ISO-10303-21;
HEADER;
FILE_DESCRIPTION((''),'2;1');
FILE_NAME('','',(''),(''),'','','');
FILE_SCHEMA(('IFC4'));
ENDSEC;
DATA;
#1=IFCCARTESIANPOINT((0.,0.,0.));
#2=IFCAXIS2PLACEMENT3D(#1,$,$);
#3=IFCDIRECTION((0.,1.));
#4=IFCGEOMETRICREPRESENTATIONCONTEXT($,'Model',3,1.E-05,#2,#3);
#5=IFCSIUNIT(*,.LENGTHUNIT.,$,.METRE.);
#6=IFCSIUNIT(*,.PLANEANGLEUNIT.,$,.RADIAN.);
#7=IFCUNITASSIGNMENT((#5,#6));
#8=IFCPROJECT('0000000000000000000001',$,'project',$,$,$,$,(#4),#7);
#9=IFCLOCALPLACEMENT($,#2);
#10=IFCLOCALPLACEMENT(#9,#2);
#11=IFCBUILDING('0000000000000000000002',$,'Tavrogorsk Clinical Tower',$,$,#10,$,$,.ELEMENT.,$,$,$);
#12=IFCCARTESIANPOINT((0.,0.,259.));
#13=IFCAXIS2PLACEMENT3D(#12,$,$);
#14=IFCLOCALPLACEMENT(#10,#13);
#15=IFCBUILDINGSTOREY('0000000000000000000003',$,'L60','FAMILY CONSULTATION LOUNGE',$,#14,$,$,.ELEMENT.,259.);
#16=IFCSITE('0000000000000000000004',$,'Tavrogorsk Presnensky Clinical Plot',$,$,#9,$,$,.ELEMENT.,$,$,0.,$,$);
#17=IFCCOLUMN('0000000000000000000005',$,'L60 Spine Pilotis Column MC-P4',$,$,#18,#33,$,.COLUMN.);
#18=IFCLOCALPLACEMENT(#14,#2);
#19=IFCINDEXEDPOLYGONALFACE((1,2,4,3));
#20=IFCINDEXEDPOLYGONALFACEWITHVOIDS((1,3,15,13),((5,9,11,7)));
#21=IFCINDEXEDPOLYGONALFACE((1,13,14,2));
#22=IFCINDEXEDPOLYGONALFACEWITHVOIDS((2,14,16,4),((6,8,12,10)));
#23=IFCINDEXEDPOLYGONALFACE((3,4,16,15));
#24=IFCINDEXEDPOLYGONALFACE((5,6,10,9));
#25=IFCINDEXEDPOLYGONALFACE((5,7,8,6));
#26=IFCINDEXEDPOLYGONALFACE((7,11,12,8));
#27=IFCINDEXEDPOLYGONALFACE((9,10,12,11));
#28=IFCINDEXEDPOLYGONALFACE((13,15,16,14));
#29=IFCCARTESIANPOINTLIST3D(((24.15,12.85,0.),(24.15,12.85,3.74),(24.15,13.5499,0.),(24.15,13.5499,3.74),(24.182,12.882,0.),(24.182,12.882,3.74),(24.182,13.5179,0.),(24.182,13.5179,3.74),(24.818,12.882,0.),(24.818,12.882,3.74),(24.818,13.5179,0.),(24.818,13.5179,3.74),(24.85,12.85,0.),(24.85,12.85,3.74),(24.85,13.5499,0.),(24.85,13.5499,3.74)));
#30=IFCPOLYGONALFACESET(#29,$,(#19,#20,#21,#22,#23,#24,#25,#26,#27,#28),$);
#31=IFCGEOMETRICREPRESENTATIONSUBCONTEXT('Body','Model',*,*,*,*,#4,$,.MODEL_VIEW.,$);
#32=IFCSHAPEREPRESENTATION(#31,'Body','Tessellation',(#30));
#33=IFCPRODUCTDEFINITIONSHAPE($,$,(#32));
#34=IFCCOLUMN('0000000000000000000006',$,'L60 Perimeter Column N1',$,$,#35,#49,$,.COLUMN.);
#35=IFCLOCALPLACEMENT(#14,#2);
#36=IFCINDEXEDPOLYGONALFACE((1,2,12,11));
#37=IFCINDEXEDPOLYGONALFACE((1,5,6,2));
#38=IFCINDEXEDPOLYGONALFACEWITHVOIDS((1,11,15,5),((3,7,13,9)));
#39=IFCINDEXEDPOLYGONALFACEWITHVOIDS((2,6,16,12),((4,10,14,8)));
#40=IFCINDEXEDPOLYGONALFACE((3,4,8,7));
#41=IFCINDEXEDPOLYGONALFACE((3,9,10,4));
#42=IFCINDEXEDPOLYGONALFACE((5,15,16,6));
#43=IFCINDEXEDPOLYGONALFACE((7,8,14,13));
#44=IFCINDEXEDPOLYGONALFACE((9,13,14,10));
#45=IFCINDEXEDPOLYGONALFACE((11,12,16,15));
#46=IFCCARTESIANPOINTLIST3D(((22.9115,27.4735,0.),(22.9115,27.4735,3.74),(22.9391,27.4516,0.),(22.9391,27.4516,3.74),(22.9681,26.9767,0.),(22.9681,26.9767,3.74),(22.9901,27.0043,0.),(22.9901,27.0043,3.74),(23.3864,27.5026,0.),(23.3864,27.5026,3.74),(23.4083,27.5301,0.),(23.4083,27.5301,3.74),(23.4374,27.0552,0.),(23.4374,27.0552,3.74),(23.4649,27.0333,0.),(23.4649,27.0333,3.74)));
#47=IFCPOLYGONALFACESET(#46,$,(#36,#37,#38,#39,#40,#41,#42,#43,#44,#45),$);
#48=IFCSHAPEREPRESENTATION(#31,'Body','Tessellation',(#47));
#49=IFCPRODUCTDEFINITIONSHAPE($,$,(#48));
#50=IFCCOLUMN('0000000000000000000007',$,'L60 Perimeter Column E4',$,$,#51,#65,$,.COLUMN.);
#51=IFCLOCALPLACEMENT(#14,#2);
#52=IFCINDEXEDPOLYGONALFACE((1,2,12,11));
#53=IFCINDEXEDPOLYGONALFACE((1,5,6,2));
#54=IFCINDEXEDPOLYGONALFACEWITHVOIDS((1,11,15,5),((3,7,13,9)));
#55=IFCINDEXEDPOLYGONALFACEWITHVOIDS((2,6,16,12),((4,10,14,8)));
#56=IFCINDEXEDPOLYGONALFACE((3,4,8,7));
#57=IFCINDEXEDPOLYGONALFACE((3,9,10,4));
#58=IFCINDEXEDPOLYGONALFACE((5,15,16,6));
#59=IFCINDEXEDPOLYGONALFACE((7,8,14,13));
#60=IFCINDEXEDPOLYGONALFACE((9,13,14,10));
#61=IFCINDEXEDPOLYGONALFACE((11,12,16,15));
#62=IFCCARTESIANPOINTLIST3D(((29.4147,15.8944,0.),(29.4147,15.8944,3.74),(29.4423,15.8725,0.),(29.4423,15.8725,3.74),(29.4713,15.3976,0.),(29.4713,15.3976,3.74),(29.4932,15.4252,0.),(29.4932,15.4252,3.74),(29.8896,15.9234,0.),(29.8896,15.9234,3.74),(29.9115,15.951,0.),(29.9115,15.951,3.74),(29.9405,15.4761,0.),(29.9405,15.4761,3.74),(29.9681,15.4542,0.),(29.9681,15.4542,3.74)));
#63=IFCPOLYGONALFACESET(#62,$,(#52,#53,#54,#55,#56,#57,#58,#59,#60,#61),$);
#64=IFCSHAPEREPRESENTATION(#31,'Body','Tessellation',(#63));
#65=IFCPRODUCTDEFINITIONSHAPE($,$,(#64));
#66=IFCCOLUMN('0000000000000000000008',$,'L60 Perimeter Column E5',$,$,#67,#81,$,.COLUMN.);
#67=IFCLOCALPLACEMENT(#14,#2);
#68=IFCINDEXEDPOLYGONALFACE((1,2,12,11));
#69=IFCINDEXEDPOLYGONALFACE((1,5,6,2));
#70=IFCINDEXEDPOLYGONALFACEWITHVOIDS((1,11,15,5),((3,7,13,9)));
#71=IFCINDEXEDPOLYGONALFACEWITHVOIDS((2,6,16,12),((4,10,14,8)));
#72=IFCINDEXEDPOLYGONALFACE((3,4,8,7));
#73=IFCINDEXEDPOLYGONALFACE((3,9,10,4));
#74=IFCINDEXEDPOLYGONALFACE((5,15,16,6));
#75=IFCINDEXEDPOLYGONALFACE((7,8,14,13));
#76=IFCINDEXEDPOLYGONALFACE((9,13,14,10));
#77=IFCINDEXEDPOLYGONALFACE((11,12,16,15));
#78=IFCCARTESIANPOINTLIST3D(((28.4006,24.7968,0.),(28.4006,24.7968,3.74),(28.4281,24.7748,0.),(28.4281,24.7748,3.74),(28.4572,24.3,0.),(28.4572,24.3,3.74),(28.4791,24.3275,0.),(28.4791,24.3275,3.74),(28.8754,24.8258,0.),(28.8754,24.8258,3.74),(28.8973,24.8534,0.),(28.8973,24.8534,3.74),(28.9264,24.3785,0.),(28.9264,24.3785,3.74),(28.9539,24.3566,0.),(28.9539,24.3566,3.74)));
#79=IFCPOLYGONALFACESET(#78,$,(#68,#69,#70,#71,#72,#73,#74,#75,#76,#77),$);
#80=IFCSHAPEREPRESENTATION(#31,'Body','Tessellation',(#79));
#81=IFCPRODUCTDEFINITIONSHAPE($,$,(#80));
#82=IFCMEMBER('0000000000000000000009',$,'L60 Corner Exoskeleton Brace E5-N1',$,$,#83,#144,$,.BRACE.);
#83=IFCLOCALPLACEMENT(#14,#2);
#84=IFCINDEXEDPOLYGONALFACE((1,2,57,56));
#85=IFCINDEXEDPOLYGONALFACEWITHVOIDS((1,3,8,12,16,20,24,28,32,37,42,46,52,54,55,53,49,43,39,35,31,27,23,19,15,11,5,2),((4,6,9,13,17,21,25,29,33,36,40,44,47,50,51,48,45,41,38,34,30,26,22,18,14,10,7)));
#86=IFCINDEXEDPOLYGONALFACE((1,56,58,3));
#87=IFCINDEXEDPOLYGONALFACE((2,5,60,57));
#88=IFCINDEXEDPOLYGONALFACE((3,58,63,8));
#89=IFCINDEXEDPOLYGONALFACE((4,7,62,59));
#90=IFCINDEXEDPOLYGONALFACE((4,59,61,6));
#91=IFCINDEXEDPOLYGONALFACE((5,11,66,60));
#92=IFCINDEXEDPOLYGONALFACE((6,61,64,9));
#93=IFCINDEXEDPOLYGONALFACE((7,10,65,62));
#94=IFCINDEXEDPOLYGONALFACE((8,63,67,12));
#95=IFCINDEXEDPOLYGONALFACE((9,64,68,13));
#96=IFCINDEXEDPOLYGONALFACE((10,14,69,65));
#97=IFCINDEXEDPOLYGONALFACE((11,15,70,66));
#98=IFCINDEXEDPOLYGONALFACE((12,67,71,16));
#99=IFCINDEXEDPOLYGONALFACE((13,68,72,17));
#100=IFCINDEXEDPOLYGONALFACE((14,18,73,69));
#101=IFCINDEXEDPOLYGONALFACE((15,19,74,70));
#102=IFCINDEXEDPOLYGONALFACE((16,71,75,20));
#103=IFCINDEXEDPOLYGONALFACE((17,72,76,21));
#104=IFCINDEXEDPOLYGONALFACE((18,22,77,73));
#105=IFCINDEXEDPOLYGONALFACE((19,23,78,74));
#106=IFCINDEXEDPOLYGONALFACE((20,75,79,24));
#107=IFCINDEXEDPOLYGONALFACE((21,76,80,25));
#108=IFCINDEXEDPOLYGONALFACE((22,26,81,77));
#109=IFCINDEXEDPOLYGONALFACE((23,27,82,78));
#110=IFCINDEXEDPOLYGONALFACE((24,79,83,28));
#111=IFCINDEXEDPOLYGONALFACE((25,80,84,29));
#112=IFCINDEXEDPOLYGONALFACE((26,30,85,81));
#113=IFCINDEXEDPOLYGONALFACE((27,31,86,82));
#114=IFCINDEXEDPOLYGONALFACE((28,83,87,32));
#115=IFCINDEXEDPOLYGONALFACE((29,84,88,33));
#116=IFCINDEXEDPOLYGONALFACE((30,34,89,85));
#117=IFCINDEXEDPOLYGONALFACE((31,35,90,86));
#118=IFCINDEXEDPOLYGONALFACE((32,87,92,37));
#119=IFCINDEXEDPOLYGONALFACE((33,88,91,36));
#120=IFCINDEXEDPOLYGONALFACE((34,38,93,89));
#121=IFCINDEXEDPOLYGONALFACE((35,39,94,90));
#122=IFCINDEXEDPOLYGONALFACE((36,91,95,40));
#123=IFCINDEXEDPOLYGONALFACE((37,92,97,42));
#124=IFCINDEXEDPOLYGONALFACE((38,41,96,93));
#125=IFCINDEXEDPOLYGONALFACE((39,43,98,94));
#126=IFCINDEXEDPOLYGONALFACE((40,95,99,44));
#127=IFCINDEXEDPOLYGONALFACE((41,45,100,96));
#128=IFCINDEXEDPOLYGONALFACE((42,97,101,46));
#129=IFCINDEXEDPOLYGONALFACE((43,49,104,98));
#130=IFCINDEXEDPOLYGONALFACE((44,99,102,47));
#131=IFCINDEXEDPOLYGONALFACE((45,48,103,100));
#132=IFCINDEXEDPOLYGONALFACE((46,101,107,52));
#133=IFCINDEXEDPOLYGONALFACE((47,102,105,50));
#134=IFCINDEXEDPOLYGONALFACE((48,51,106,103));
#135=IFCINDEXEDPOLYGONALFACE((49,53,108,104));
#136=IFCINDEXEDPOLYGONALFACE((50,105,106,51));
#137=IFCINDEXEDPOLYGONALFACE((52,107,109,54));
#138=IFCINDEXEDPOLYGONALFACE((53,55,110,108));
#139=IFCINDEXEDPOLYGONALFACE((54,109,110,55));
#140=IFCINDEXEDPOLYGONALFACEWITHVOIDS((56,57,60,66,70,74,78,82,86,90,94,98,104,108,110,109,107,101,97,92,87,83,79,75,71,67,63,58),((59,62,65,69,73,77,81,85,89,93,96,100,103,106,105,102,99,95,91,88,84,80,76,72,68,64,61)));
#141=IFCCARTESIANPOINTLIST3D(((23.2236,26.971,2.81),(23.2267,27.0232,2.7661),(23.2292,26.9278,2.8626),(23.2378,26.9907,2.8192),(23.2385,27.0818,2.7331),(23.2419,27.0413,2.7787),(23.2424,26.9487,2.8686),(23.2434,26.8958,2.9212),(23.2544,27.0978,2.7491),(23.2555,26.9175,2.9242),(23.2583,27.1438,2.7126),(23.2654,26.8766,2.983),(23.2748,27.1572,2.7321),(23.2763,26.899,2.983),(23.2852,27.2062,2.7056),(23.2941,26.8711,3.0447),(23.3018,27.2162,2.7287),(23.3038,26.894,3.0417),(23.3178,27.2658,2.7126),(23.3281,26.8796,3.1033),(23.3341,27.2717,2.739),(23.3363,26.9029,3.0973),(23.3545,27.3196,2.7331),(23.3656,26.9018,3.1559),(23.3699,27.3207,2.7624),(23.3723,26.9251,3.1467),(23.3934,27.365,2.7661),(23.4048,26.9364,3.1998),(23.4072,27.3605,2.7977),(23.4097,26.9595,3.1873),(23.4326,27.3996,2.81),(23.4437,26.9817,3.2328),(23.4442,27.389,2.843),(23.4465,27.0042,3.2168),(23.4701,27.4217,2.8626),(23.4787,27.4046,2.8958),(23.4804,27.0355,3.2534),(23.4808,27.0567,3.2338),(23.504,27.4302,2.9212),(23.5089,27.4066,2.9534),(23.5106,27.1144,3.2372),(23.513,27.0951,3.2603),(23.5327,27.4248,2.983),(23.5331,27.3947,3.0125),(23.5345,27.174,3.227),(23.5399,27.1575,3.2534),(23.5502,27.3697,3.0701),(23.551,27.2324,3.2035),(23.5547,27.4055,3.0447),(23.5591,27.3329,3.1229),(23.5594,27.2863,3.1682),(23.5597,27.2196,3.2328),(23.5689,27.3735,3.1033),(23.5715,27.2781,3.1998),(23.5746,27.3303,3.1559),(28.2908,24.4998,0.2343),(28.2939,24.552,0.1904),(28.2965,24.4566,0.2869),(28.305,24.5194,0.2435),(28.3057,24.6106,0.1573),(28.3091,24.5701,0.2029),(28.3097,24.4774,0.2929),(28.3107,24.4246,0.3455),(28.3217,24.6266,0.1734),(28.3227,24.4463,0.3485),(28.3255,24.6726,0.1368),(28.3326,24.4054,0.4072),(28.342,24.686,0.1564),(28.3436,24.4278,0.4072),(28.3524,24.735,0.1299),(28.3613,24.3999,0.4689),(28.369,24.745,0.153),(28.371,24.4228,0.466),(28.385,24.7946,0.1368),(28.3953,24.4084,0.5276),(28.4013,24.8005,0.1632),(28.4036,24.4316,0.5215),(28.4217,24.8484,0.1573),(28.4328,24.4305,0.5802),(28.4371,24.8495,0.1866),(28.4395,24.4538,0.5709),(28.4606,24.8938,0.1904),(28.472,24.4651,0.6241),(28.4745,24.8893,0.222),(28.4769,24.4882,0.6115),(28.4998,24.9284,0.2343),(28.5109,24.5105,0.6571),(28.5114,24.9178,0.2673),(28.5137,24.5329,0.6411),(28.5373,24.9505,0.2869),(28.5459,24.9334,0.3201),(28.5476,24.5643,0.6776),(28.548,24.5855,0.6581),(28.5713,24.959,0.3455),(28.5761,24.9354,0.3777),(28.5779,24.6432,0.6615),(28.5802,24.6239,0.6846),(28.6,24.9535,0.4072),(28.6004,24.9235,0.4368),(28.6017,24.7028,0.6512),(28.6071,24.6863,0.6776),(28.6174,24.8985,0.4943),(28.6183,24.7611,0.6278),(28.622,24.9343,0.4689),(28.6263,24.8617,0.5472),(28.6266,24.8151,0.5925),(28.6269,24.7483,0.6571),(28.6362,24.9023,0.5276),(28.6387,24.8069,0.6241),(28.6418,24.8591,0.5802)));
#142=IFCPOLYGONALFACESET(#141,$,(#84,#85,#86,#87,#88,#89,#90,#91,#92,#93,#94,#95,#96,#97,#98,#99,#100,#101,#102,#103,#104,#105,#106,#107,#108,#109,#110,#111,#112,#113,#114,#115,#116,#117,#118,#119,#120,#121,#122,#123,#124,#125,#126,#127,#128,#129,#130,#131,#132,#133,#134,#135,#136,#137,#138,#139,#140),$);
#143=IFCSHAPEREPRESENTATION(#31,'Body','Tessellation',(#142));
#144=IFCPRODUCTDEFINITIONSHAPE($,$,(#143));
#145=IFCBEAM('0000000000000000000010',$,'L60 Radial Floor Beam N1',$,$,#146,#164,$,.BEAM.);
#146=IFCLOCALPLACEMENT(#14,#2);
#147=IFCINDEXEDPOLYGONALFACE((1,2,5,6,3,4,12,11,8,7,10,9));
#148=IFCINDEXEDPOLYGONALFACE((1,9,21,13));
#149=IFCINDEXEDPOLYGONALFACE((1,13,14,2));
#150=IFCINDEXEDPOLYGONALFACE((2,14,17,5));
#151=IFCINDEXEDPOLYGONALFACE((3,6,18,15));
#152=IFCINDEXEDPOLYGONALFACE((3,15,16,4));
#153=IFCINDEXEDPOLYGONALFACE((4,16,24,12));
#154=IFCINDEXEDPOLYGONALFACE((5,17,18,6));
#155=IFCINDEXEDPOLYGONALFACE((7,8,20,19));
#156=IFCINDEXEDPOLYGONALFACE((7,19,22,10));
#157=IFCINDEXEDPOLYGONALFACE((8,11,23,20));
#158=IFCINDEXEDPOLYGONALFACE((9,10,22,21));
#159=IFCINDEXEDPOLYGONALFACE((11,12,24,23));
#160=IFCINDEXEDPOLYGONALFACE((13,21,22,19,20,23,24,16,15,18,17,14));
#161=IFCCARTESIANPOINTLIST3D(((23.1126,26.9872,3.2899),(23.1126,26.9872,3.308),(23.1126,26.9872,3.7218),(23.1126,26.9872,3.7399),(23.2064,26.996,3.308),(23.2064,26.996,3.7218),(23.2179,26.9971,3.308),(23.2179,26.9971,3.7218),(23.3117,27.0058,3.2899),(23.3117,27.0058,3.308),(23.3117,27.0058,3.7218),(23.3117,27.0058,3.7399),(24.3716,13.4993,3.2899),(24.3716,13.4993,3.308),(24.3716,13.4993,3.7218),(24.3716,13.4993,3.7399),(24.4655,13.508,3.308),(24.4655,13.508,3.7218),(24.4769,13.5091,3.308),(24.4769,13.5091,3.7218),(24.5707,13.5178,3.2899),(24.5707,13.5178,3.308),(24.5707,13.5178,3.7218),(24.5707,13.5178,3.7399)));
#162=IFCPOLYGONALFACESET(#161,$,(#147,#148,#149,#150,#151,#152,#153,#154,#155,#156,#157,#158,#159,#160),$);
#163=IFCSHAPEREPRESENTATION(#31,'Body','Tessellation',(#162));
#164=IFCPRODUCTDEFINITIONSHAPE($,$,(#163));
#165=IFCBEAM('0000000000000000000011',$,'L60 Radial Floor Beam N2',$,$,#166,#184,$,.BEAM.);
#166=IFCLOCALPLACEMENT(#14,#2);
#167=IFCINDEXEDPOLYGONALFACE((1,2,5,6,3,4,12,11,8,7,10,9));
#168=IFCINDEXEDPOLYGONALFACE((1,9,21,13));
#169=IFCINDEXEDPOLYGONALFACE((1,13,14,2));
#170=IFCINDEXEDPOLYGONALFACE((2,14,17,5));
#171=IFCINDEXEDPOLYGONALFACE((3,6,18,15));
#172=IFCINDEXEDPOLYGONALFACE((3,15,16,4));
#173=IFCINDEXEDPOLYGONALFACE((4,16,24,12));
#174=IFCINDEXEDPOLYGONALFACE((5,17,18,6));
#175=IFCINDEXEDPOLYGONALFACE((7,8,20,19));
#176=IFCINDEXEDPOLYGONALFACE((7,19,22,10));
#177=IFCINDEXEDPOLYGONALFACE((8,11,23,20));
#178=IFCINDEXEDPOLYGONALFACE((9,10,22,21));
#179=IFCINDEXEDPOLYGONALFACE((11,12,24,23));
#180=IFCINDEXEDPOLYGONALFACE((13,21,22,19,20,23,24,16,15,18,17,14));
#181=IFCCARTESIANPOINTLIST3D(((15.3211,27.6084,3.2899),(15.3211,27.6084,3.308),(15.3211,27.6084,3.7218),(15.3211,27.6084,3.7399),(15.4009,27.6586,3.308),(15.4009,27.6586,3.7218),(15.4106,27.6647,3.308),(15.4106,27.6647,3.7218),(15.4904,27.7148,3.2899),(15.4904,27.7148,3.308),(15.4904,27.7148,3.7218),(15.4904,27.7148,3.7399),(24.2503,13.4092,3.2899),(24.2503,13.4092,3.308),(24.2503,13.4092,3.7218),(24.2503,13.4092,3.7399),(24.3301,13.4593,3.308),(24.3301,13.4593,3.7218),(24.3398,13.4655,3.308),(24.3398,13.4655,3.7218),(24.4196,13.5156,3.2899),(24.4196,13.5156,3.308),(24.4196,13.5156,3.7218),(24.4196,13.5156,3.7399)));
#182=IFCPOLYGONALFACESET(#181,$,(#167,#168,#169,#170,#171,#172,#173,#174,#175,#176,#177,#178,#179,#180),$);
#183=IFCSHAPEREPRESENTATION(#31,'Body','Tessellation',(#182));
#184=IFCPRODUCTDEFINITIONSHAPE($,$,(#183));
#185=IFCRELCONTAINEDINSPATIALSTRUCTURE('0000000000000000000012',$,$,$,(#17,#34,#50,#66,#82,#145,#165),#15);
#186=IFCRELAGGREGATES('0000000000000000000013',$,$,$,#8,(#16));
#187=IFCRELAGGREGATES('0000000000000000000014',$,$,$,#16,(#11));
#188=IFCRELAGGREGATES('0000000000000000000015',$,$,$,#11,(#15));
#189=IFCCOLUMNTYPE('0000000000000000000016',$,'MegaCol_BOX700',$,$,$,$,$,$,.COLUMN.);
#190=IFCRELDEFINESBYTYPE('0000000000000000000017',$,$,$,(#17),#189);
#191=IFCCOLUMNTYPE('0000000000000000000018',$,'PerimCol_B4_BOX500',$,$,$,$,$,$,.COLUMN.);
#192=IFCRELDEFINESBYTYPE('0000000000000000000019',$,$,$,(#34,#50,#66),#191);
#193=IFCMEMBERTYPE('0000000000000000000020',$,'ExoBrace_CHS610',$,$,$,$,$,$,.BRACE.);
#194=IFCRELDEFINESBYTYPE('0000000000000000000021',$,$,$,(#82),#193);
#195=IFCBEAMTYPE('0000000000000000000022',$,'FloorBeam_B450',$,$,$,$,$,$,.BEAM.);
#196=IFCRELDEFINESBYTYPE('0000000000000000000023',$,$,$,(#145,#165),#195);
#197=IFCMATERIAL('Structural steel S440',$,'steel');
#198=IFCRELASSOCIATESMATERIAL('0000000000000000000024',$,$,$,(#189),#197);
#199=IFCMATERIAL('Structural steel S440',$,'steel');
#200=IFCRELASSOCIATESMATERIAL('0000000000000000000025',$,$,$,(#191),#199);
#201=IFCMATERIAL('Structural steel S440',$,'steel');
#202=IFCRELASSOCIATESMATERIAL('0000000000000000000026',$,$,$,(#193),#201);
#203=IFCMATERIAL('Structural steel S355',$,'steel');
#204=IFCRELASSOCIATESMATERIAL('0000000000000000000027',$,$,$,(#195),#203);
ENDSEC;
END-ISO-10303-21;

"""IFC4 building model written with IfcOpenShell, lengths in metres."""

from ifc_helpers import new_model, si_unit, direction, frame, origin, origin_2d, place, context, subcontext, project, spatial, hollow_rectangle, hollow_circle, i_section, extrude, material, material_profile, profile_set, type_object, element, save


model = new_model("IFC4")

# Units and contexts
model_context = context("Model", 3, precision=1e-05, world=origin(), true_north=direction((0.0, 1.0)))
body_context = subcontext(model_context, "Body", "Model", "MODEL_VIEW")
ifc_project = project(units=[si_unit("LENGTHUNIT", "METRE"), si_unit("PLANEANGLEUNIT", "RADIAN")], contexts=[model_context])

# Site, building, storey
site_placement = place(None, origin())
site = spatial("IfcSite", under=ifc_project, at=site_placement, Name="Tavrogorsk Presnensky Clinical Plot", CompositionType="ELEMENT", RefElevation=0.0)
building_placement = place(site_placement, origin())
building = spatial("IfcBuilding", under=site, at=building_placement, Name="Tavrogorsk Clinical Tower", CompositionType="ELEMENT")
storey_placement = place(building_placement, frame((0.0, 0.0, 259.0)))
storey = spatial("IfcBuildingStorey", under=building, at=storey_placement, Name="L60", Description="FAMILY CONSULTATION LOUNGE", CompositionType="ELEMENT", Elevation=259.0)

# Columns
ifc_material_1 = material(Name="Structural steel S440", Category="steel")
ifc_material_profile_1 = material_profile(ifc_material_1, hollow_rectangle(XDim=0.7, YDim=0.7, WallThickness=0.032, at=origin_2d()), Name="BOX-700x700x32")
ifc_profile_set_1 = profile_set([ifc_material_profile_1], Name="Structural steel S440")
column_type_1 = type_object("IfcColumnType", Name="MegaCol_BOX700", PredefinedType="COLUMN", material=ifc_profile_set_1)
column_placement = place(storey_placement, frame((24.5, 13.2, 0.0), z_axis=(0.0, 0.0, 1.0), x_axis=(1.0, 0.0, 0.0)))
element("IfcColumn", 1, at=column_placement, inside=storey, type_object=column_type_1, Name="L60 Spine Pilotis Column MC-P4", PredefinedType="COLUMN", context=body_context, shape_type="SweptSolid", body=[
    extrude(hollow_rectangle(XDim=0.7, YDim=0.7, WallThickness=0.032, at=origin_2d()), origin(), (0.0, 0.0, 1.0), 3.74),
])
ifc_material_2 = material(Name="Structural steel S440", Category="steel")
ifc_material_profile_2 = material_profile(ifc_material_2, hollow_rectangle(XDim=0.5, YDim=0.5, WallThickness=0.0249, at=origin_2d()), Name="BOX-500x500x25")
ifc_profile_set_2 = profile_set([ifc_material_profile_2], Name="Structural steel S440")
column_type_2 = type_object("IfcColumnType", Name="PerimCol_B4_BOX500", PredefinedType="COLUMN", material=ifc_profile_set_2)
for number, where, z_axis, x_axis, name in (
    (2, (23.1882, 27.2534, 0.0), (0.0, 0.0, 1.0), (0.993572, 0.113203, 0.0), "L60 Perimeter Column N1"),
    (3, (29.6914, 15.6743, 0.0), (0.0, 0.0, 1.0), (0.993572, 0.113203, 0.0), "L60 Perimeter Column E4"),
    (4, (28.6772, 24.5767, 0.0), (0.0, 0.0, 1.0), (0.993572, 0.113203, 0.0), "L60 Perimeter Column E5"),
):
    element("IfcColumn", number, at=place(storey_placement, frame(where, z_axis=z_axis, x_axis=x_axis)), inside=storey, type_object=column_type_2, Name=name, PredefinedType="COLUMN", context=body_context, shape_type="SweptSolid", body=[
        extrude(hollow_rectangle(XDim=0.5, YDim=0.5, WallThickness=0.0249, at=origin_2d()), origin(), (0.0, 0.0, 1.0), 3.74),
    ])

# Member
ifc_material_3 = material(Name="Structural steel S440", Category="steel")
ifc_material_profile_3 = material_profile(ifc_material_3, hollow_circle(Radius=0.3049, WallThickness=0.0249, at=origin_2d()), Name="CHS-610x25")
ifc_profile_set_3 = profile_set([ifc_material_profile_3], Name="Structural steel S440")
member_type_1 = type_object("IfcMemberType", Name="ExoBrace_CHS610", PredefinedType="BRACE", material=ifc_profile_set_3)
member_placement = place(storey_placement, frame((28.4663, 24.6794, 0.4072), z_axis=(-0.817527, 0.398699, 0.415558), x_axis=(-0.43834, -0.898809, 0.0)))
element("IfcMember", 5, at=member_placement, inside=storey, type_object=member_type_1, Name="L60 Corner Exoskeleton Brace E5-N1", PredefinedType="BRACE", context=body_context, shape_type="SweptSolid", body=[
    extrude(hollow_circle(Radius=0.3049, WallThickness=0.0249, at=origin_2d()), origin(), (0.0, 0.0, 1.0), 6.1982),
])

# Beams
ifc_material_4 = material(Name="Structural steel S355", Category="steel")
ifc_material_profile_4 = material_profile(ifc_material_4, i_section(OverallWidth=0.2, OverallDepth=0.45, WebThickness=0.0115, FlangeThickness=0.0181, at=origin_2d()), Name="B-450x200x11.5x18")
ifc_profile_set_4 = profile_set([ifc_material_profile_4], Name="Structural steel S355")
beam_type_1 = type_object("IfcBeamType", Name="FloorBeam_B450", PredefinedType="BEAM", material=ifc_profile_set_4)
beam_1_placement = place(storey_placement, frame((24.4712, 13.5085, 3.5149), z_axis=(-0.09294, 0.995672, 0.0), x_axis=(-0.995672, -0.09294, 0.0)))
element("IfcBeam", 6, at=beam_1_placement, inside=storey, type_object=beam_type_1, Name="L60 Radial Floor Beam N1", PredefinedType="BEAM", context=body_context, shape_type="SweptSolid", body=[
    extrude(i_section(OverallWidth=0.2, OverallDepth=0.45, WebThickness=0.0115, FlangeThickness=0.0181, at=origin_2d()), origin(), (0.0, 0.0, 1.0), 13.5466),
])
beam_2_placement = place(storey_placement, frame((24.335, 13.4624, 3.5149), z_axis=(-0.532341, 0.84653, 0.0), x_axis=(-0.84653, -0.532341, 0.0)))
element("IfcBeam", 7, at=beam_2_placement, inside=storey, type_object=beam_type_1, Name="L60 Radial Floor Beam N2", PredefinedType="BEAM", context=body_context, shape_type="SweptSolid", body=[
    extrude(i_section(OverallWidth=0.2, OverallDepth=0.45, WebThickness=0.0115, FlangeThickness=0.0181, at=origin_2d()), origin(), (0.0, 0.0, 1.0), 16.7734),
])

save(model, "model.ifc")
